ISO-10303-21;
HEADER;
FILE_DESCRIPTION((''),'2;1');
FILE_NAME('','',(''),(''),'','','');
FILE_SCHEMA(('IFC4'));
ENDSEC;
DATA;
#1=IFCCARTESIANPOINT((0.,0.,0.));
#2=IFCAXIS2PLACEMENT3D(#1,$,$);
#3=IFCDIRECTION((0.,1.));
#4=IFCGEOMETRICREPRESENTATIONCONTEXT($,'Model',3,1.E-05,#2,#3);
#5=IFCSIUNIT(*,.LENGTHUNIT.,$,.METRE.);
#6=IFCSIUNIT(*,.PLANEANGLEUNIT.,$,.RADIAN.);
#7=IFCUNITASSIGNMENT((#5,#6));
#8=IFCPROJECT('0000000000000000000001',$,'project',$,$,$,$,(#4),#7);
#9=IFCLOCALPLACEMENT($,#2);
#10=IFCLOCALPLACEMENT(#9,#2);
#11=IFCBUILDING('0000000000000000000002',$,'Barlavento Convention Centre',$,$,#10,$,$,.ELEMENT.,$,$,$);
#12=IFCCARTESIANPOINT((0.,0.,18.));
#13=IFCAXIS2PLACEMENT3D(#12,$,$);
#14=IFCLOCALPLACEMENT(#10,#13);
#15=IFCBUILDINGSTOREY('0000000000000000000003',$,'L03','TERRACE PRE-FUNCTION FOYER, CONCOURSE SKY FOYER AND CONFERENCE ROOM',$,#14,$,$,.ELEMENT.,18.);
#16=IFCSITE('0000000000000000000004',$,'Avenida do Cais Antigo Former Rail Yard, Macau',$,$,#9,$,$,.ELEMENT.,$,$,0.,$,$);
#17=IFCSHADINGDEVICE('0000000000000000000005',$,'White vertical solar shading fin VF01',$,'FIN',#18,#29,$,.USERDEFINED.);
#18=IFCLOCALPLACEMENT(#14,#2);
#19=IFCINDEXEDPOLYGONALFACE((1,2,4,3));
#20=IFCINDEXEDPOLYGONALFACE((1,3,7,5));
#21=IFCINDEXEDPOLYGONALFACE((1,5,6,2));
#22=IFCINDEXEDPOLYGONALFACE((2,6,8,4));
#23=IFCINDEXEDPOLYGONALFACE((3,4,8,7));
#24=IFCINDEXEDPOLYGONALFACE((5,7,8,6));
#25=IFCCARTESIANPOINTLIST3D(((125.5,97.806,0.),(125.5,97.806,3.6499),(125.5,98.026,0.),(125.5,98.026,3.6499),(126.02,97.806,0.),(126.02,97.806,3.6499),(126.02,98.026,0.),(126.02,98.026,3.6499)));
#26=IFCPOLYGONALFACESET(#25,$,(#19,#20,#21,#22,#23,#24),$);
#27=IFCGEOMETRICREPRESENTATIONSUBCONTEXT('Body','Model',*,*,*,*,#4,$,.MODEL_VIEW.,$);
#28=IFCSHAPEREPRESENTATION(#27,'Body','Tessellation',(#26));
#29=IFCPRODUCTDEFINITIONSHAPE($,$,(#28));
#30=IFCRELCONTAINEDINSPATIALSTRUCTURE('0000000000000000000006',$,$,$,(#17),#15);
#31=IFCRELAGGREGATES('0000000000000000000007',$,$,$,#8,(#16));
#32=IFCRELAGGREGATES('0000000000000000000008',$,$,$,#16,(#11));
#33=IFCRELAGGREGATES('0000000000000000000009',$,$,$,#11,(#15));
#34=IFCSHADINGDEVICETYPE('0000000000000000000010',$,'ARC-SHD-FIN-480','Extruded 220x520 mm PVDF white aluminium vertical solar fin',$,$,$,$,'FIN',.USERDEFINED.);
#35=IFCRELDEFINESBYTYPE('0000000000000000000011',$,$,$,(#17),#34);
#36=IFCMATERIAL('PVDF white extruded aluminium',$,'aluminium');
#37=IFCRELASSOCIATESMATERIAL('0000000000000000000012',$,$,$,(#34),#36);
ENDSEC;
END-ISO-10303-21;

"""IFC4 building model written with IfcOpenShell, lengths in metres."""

from ifc_helpers import new_model, si_unit, direction, frame, origin, origin_2d, place, context, subcontext, project, spatial, rectangle, extrude, material, type_object, element, save


model = new_model("IFC4")

# Units and contexts
model_context = context("Model", 3, precision=1e-05, world=origin(), true_north=direction((0.0, 1.0)))
body_context = subcontext(model_context, "Body", "Model", "MODEL_VIEW")
ifc_project = project(units=[si_unit("LENGTHUNIT", "METRE"), si_unit("PLANEANGLEUNIT", "RADIAN")], contexts=[model_context])

# Site, building, storey
site_placement = place(None, origin())
site = spatial("IfcSite", under=ifc_project, at=site_placement, Name="Avenida do Cais Antigo Former Rail Yard, Macau", CompositionType="ELEMENT", RefElevation=0.0)
building_placement = place(site_placement, origin())
building = spatial("IfcBuilding", under=site, at=building_placement, Name="Barlavento Convention Centre", CompositionType="ELEMENT")
storey_placement = place(building_placement, frame((0.0, 0.0, 18.0)))
storey = spatial("IfcBuildingStorey", under=building, at=storey_placement, Name="L03", Description="TERRACE PRE-FUNCTION FOYER, CONCOURSE SKY FOYER AND CONFERENCE ROOM", CompositionType="ELEMENT", Elevation=18.0)

# Shading device
ifc_material_1 = material(Name="PVDF white extruded aluminium", Category="aluminium")
shading_device_type = type_object("IfcShadingDeviceType", Name="ARC-SHD-FIN-480", Description="Extruded 220x520 mm PVDF white aluminium vertical solar fin", ElementType="FIN", PredefinedType="USERDEFINED", material=ifc_material_1)
for number, where, z_axis, x_axis, name in (
    (1, (125.76, 97.916, 0.0), (0.0, 0.0, 1.0), (0.0, 1.0, 0.0), "White vertical solar shading fin VF01"),
):
    element("IfcShadingDevice", number, at=place(storey_placement, frame(where, z_axis=z_axis, x_axis=x_axis)), inside=storey, type_object=shading_device_type, Name=name, ObjectType="FIN", PredefinedType="USERDEFINED", context=body_context, shape_type="SweptSolid", body=[
        extrude(rectangle(XDim=0.22, YDim=0.52, at=origin_2d()), origin(), (0.0, 0.0, 1.0), 3.6499),
    ])

save(model, "model.ifc")
